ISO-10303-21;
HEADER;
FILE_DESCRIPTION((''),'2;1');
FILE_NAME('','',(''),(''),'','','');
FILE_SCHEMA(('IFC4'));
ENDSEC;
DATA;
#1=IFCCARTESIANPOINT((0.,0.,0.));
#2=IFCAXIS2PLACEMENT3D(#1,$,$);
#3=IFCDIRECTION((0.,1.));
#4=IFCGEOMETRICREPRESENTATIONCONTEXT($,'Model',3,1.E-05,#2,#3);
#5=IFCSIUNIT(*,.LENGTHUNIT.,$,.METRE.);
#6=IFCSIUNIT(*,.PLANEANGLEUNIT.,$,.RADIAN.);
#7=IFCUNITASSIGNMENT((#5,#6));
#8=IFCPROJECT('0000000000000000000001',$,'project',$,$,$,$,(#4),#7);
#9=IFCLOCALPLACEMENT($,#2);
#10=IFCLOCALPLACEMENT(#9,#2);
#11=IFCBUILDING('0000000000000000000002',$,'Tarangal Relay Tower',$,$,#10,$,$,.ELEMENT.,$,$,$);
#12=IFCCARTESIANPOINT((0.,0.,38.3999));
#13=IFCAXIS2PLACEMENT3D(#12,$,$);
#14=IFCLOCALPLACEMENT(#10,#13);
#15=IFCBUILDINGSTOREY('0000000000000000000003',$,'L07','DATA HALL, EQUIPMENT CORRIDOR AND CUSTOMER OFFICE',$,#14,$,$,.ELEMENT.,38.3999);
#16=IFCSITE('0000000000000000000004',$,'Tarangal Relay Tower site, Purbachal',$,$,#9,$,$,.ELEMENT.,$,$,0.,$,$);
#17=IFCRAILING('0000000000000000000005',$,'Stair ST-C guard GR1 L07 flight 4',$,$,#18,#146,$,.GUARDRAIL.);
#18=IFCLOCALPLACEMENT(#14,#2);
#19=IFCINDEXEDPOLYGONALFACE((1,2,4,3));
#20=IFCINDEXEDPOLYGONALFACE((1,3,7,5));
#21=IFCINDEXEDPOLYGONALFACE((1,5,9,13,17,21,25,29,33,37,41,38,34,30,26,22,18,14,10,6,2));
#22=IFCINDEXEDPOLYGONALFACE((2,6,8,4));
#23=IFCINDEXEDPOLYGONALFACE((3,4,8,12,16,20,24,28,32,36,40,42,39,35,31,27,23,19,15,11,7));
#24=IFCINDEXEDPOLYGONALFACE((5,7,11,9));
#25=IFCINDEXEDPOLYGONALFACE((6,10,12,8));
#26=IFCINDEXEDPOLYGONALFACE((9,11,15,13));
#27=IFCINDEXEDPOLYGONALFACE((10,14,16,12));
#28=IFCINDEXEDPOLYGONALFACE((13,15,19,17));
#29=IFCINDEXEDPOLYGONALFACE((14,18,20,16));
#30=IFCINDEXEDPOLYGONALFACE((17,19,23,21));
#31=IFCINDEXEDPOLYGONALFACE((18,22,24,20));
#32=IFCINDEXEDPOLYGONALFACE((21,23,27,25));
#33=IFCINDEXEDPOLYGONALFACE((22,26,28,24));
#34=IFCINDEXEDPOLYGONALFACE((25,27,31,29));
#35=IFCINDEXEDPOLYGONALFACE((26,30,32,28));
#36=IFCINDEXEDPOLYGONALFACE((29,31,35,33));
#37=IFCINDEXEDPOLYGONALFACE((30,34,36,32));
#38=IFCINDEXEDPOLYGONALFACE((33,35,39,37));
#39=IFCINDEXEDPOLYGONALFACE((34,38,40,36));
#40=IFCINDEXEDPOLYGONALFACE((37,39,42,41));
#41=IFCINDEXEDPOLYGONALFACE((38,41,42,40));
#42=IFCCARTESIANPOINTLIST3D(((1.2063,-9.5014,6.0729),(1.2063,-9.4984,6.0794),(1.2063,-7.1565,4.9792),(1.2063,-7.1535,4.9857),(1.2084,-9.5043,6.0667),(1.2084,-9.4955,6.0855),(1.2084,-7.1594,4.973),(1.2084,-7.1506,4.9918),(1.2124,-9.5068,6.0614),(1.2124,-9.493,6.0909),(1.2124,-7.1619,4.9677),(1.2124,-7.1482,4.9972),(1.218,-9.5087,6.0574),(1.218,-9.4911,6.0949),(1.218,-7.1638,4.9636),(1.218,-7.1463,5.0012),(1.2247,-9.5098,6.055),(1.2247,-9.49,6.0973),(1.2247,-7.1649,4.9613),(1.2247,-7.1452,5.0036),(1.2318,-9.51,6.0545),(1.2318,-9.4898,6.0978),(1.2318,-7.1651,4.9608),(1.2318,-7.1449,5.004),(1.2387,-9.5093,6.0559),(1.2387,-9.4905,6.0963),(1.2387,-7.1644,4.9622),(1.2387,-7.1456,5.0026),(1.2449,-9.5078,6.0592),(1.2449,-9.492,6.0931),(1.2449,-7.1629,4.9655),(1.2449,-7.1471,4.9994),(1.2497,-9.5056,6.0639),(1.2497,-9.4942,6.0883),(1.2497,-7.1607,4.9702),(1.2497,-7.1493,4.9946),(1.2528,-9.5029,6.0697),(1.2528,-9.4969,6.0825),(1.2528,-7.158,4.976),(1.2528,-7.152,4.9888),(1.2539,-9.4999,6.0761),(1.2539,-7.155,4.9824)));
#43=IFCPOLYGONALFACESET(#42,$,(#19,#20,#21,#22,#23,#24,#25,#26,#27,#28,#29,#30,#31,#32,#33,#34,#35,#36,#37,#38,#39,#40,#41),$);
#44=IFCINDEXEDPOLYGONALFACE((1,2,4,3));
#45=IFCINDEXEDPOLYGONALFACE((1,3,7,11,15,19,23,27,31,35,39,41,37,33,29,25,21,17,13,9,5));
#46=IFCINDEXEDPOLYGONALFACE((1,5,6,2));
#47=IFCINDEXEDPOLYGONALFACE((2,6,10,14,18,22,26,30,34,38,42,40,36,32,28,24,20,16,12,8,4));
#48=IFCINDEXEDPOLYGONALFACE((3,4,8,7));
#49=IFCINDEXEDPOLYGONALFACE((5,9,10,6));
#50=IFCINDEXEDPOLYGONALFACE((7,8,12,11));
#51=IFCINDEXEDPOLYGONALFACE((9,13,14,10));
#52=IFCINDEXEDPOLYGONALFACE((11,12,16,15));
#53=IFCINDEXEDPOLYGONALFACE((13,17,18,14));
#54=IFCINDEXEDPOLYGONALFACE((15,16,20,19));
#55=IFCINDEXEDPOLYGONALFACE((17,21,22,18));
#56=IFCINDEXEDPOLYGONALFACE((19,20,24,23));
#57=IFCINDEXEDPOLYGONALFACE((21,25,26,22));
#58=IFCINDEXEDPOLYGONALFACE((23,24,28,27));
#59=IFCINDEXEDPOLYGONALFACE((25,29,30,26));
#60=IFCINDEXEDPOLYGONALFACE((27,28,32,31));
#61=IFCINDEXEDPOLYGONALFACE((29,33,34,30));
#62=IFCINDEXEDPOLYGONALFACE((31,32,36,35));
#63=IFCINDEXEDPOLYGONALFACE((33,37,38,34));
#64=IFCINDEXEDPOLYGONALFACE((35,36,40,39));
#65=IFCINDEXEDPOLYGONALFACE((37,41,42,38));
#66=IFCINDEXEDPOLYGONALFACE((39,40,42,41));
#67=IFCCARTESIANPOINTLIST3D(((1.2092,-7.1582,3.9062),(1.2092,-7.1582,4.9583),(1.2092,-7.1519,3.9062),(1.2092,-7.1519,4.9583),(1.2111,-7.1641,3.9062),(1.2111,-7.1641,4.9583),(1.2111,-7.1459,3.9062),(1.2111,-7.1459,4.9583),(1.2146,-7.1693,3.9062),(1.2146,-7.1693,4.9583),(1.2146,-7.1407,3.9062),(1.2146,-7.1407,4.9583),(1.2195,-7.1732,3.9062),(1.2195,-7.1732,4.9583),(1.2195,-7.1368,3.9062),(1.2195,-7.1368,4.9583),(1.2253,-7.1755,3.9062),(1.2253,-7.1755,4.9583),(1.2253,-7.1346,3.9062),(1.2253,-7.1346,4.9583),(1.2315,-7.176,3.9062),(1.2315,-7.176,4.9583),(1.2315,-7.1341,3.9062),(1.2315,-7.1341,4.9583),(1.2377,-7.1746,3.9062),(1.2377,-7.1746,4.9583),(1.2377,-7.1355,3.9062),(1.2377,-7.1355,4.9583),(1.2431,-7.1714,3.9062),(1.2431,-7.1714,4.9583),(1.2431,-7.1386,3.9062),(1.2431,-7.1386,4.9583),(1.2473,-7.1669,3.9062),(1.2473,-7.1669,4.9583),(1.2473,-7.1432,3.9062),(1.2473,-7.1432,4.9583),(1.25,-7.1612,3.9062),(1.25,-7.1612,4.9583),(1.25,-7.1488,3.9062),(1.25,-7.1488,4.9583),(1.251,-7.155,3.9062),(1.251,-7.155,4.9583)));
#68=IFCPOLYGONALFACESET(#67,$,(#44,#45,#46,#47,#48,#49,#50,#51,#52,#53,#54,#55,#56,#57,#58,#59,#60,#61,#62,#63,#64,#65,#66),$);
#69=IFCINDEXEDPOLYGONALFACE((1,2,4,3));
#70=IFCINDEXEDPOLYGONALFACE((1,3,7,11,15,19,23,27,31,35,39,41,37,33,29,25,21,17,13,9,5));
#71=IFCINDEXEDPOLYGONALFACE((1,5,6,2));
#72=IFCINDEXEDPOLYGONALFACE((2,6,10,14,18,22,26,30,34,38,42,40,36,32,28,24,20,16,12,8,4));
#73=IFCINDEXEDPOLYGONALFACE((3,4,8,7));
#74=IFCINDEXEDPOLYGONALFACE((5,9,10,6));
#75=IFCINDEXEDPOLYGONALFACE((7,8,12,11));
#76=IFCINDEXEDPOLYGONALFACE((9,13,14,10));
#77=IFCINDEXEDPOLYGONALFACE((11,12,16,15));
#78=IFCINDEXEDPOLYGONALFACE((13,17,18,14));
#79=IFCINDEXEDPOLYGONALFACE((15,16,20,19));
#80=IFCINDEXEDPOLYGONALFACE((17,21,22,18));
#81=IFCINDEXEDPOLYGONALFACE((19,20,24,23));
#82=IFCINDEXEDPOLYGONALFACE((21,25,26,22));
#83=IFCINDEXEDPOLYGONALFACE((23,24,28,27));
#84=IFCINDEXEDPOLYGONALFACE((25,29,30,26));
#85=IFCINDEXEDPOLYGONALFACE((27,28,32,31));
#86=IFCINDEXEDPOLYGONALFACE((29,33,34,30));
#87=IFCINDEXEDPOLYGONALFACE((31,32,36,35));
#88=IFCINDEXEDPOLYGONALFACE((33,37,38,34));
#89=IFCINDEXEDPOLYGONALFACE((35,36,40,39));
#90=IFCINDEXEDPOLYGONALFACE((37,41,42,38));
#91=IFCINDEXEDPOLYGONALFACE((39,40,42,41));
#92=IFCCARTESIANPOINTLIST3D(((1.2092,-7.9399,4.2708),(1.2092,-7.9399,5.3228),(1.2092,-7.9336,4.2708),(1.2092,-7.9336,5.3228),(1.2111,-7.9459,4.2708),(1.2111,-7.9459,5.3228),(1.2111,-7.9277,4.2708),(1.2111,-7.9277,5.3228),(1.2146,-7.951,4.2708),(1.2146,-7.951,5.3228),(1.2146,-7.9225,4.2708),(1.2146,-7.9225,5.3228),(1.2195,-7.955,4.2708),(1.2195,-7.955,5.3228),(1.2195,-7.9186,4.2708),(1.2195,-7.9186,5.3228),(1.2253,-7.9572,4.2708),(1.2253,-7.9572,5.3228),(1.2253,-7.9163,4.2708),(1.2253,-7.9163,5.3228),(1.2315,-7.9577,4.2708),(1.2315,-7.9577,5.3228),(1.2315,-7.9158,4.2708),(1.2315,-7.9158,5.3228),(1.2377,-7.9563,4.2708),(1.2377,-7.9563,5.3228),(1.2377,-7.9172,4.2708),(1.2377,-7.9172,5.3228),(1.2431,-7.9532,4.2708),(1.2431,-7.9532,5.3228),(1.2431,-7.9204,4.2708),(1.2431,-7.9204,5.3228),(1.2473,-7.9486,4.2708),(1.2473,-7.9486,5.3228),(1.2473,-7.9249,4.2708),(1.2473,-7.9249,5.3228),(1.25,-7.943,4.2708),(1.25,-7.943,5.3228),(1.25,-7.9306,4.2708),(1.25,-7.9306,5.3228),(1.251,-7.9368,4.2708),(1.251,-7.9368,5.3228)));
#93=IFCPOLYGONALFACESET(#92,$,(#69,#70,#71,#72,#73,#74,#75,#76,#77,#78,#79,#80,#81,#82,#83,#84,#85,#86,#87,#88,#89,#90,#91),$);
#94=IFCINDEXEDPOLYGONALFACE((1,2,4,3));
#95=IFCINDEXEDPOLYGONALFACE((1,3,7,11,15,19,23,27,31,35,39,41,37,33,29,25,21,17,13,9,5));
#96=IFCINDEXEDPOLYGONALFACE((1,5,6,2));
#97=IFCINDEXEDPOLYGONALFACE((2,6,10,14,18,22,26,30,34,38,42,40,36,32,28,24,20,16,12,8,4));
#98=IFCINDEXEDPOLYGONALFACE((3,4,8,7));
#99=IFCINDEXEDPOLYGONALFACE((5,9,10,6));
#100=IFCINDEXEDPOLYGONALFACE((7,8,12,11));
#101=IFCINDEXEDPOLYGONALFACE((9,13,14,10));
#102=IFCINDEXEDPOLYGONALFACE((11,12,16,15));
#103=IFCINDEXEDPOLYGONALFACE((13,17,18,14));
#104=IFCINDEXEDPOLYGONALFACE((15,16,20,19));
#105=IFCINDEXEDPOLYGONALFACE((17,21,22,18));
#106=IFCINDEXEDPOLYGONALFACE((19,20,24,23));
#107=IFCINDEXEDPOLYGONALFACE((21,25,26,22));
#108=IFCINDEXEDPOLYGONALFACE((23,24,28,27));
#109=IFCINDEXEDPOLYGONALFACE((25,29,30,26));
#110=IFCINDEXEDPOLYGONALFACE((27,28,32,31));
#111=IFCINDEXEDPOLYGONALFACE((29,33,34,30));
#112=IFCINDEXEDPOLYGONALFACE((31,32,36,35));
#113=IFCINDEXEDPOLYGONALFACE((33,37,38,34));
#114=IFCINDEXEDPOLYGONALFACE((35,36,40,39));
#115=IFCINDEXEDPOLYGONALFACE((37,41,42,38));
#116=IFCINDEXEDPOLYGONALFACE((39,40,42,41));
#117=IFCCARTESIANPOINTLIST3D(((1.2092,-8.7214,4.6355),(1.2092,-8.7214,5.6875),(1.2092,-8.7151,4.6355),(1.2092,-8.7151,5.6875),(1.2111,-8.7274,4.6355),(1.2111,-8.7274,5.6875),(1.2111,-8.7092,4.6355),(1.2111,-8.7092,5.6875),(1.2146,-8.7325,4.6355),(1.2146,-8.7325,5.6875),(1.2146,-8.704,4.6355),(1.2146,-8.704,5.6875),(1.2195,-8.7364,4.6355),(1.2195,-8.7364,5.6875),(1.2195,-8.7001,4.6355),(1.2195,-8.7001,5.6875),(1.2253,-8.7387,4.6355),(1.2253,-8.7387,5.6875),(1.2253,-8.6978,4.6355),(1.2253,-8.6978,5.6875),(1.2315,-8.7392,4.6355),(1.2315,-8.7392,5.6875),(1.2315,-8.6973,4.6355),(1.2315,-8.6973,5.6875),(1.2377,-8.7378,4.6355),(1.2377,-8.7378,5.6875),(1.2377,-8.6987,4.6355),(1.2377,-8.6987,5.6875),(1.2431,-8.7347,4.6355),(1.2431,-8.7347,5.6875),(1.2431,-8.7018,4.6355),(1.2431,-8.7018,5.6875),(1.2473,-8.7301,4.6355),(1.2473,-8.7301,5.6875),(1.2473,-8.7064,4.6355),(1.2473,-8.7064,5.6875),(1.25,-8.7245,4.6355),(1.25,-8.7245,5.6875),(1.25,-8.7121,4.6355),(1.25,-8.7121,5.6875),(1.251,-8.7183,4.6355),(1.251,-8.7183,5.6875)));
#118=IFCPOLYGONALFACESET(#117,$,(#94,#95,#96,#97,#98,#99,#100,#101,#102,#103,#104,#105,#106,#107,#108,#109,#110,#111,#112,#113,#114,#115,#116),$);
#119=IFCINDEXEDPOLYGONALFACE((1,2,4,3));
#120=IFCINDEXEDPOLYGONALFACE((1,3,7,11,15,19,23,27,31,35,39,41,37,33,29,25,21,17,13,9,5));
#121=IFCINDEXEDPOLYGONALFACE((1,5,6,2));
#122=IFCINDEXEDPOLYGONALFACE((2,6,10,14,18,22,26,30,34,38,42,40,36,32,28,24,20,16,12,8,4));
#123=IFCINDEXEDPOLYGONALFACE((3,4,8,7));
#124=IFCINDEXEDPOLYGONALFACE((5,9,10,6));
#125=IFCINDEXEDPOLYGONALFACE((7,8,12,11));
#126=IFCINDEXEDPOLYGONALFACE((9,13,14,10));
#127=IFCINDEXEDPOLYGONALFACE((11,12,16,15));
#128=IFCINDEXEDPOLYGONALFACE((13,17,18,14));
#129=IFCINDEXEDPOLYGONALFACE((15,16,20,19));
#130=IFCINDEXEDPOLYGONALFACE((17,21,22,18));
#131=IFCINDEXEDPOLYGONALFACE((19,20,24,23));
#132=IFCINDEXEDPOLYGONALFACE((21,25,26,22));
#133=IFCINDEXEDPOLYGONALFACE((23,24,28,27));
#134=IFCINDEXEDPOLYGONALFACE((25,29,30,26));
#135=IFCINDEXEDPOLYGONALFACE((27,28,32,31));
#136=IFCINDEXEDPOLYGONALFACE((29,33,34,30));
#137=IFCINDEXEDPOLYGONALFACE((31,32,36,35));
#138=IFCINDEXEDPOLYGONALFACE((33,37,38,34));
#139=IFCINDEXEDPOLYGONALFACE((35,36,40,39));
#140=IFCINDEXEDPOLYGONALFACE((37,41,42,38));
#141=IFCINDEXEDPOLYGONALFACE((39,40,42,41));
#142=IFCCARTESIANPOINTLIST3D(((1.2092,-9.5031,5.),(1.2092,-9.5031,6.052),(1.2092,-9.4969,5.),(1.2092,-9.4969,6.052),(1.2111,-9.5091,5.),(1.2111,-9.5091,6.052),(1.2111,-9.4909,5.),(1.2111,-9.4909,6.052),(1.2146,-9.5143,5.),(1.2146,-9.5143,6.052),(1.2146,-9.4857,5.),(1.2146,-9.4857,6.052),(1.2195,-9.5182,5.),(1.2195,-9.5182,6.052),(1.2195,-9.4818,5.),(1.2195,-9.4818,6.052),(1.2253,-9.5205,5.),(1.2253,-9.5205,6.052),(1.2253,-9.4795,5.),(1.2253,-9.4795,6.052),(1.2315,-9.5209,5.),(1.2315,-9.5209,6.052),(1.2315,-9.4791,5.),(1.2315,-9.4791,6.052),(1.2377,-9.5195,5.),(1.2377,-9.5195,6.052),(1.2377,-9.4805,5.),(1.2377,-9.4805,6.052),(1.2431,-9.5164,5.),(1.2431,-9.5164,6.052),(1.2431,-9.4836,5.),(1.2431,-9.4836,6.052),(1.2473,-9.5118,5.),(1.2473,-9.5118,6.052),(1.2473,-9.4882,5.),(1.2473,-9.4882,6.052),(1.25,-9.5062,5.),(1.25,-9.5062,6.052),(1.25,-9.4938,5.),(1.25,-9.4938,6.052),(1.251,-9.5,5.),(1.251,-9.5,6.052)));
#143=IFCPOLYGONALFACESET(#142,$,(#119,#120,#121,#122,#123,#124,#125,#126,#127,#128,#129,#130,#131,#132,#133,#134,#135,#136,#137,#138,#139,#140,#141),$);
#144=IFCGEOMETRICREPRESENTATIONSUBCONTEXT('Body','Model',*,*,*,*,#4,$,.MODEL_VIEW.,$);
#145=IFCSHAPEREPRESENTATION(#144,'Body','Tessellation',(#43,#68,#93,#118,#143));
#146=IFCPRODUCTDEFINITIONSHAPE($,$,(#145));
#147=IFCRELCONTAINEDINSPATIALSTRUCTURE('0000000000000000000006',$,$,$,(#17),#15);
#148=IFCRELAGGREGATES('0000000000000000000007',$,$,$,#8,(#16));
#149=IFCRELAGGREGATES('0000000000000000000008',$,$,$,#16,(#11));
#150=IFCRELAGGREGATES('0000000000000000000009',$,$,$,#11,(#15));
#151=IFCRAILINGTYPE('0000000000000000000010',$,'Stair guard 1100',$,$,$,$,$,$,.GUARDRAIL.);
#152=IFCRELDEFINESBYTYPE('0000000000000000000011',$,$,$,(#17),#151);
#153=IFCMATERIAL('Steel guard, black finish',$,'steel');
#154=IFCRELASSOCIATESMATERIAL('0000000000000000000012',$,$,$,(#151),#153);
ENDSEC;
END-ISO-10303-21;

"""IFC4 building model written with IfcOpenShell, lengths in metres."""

from ifc_helpers import new_model, si_unit, direction, frame, origin, origin_2d, place, context, subcontext, project, spatial, circle, extrude, material, type_object, element, save


model = new_model("IFC4")

# Units and contexts
model_context = context("Model", 3, precision=1e-05, world=origin(), true_north=direction((0.0, 1.0)))
body_context = subcontext(model_context, "Body", "Model", "MODEL_VIEW")
ifc_project = project(units=[si_unit("LENGTHUNIT", "METRE"), si_unit("PLANEANGLEUNIT", "RADIAN")], contexts=[model_context])

# Site, building, storey
site_placement = place(None, origin())
site = spatial("IfcSite", under=ifc_project, at=site_placement, Name="Tarangal Relay Tower site, Purbachal", CompositionType="ELEMENT", RefElevation=0.0)
building_placement = place(site_placement, origin())
building = spatial("IfcBuilding", under=site, at=building_placement, Name="Tarangal Relay Tower", CompositionType="ELEMENT")
storey_placement = place(building_placement, frame((0.0, 0.0, 38.3999)))
storey = spatial("IfcBuildingStorey", under=building, at=storey_placement, Name="L07", Description="DATA HALL, EQUIPMENT CORRIDOR AND CUSTOMER OFFICE", CompositionType="ELEMENT", Elevation=38.3999)

# Railing
ifc_material_1 = material(Name="Steel guard, black finish", Category="steel")
railing_type_1 = type_object("IfcRailingType", Name="Stair guard 1100", PredefinedType="GUARDRAIL", material=ifc_material_1)
for number, where, name in (
    (1, (1.23, -7.155, 3.9062), "Stair ST-C guard GR1 L07 flight 4"),
):
    element("IfcRailing", number, at=place(storey_placement, frame(where)), inside=storey, type_object=railing_type_1, Name=name, PredefinedType="GUARDRAIL", context=body_context, shape_type="SweptSolid", body=[
        extrude(circle(Radius=0.0239, at=origin_2d()), frame((0.0, 0.0, 1.0762), z_axis=(0.0, -0.906267, 0.422705), x_axis=(1.0, 0.0, 0.0)), (0.0, 0.0, 1.0), 2.5874),
        extrude(circle(Radius=0.021, at=origin_2d()), origin(), (0.0, 0.0, 1.0), 1.052),
        extrude(circle(Radius=0.021, at=origin_2d()), frame((0.0, -0.7817, 0.3645)), (0.0, 0.0, 1.0), 1.052),
        extrude(circle(Radius=0.021, at=origin_2d()), frame((0.0, -1.5632, 0.7292)), (0.0, 0.0, 1.0), 1.052),
        extrude(circle(Radius=0.021, at=origin_2d()), frame((0.0, -2.345, 1.0938)), (0.0, 0.0, 1.0), 1.052),
    ])

save(model, "model.ifc")
